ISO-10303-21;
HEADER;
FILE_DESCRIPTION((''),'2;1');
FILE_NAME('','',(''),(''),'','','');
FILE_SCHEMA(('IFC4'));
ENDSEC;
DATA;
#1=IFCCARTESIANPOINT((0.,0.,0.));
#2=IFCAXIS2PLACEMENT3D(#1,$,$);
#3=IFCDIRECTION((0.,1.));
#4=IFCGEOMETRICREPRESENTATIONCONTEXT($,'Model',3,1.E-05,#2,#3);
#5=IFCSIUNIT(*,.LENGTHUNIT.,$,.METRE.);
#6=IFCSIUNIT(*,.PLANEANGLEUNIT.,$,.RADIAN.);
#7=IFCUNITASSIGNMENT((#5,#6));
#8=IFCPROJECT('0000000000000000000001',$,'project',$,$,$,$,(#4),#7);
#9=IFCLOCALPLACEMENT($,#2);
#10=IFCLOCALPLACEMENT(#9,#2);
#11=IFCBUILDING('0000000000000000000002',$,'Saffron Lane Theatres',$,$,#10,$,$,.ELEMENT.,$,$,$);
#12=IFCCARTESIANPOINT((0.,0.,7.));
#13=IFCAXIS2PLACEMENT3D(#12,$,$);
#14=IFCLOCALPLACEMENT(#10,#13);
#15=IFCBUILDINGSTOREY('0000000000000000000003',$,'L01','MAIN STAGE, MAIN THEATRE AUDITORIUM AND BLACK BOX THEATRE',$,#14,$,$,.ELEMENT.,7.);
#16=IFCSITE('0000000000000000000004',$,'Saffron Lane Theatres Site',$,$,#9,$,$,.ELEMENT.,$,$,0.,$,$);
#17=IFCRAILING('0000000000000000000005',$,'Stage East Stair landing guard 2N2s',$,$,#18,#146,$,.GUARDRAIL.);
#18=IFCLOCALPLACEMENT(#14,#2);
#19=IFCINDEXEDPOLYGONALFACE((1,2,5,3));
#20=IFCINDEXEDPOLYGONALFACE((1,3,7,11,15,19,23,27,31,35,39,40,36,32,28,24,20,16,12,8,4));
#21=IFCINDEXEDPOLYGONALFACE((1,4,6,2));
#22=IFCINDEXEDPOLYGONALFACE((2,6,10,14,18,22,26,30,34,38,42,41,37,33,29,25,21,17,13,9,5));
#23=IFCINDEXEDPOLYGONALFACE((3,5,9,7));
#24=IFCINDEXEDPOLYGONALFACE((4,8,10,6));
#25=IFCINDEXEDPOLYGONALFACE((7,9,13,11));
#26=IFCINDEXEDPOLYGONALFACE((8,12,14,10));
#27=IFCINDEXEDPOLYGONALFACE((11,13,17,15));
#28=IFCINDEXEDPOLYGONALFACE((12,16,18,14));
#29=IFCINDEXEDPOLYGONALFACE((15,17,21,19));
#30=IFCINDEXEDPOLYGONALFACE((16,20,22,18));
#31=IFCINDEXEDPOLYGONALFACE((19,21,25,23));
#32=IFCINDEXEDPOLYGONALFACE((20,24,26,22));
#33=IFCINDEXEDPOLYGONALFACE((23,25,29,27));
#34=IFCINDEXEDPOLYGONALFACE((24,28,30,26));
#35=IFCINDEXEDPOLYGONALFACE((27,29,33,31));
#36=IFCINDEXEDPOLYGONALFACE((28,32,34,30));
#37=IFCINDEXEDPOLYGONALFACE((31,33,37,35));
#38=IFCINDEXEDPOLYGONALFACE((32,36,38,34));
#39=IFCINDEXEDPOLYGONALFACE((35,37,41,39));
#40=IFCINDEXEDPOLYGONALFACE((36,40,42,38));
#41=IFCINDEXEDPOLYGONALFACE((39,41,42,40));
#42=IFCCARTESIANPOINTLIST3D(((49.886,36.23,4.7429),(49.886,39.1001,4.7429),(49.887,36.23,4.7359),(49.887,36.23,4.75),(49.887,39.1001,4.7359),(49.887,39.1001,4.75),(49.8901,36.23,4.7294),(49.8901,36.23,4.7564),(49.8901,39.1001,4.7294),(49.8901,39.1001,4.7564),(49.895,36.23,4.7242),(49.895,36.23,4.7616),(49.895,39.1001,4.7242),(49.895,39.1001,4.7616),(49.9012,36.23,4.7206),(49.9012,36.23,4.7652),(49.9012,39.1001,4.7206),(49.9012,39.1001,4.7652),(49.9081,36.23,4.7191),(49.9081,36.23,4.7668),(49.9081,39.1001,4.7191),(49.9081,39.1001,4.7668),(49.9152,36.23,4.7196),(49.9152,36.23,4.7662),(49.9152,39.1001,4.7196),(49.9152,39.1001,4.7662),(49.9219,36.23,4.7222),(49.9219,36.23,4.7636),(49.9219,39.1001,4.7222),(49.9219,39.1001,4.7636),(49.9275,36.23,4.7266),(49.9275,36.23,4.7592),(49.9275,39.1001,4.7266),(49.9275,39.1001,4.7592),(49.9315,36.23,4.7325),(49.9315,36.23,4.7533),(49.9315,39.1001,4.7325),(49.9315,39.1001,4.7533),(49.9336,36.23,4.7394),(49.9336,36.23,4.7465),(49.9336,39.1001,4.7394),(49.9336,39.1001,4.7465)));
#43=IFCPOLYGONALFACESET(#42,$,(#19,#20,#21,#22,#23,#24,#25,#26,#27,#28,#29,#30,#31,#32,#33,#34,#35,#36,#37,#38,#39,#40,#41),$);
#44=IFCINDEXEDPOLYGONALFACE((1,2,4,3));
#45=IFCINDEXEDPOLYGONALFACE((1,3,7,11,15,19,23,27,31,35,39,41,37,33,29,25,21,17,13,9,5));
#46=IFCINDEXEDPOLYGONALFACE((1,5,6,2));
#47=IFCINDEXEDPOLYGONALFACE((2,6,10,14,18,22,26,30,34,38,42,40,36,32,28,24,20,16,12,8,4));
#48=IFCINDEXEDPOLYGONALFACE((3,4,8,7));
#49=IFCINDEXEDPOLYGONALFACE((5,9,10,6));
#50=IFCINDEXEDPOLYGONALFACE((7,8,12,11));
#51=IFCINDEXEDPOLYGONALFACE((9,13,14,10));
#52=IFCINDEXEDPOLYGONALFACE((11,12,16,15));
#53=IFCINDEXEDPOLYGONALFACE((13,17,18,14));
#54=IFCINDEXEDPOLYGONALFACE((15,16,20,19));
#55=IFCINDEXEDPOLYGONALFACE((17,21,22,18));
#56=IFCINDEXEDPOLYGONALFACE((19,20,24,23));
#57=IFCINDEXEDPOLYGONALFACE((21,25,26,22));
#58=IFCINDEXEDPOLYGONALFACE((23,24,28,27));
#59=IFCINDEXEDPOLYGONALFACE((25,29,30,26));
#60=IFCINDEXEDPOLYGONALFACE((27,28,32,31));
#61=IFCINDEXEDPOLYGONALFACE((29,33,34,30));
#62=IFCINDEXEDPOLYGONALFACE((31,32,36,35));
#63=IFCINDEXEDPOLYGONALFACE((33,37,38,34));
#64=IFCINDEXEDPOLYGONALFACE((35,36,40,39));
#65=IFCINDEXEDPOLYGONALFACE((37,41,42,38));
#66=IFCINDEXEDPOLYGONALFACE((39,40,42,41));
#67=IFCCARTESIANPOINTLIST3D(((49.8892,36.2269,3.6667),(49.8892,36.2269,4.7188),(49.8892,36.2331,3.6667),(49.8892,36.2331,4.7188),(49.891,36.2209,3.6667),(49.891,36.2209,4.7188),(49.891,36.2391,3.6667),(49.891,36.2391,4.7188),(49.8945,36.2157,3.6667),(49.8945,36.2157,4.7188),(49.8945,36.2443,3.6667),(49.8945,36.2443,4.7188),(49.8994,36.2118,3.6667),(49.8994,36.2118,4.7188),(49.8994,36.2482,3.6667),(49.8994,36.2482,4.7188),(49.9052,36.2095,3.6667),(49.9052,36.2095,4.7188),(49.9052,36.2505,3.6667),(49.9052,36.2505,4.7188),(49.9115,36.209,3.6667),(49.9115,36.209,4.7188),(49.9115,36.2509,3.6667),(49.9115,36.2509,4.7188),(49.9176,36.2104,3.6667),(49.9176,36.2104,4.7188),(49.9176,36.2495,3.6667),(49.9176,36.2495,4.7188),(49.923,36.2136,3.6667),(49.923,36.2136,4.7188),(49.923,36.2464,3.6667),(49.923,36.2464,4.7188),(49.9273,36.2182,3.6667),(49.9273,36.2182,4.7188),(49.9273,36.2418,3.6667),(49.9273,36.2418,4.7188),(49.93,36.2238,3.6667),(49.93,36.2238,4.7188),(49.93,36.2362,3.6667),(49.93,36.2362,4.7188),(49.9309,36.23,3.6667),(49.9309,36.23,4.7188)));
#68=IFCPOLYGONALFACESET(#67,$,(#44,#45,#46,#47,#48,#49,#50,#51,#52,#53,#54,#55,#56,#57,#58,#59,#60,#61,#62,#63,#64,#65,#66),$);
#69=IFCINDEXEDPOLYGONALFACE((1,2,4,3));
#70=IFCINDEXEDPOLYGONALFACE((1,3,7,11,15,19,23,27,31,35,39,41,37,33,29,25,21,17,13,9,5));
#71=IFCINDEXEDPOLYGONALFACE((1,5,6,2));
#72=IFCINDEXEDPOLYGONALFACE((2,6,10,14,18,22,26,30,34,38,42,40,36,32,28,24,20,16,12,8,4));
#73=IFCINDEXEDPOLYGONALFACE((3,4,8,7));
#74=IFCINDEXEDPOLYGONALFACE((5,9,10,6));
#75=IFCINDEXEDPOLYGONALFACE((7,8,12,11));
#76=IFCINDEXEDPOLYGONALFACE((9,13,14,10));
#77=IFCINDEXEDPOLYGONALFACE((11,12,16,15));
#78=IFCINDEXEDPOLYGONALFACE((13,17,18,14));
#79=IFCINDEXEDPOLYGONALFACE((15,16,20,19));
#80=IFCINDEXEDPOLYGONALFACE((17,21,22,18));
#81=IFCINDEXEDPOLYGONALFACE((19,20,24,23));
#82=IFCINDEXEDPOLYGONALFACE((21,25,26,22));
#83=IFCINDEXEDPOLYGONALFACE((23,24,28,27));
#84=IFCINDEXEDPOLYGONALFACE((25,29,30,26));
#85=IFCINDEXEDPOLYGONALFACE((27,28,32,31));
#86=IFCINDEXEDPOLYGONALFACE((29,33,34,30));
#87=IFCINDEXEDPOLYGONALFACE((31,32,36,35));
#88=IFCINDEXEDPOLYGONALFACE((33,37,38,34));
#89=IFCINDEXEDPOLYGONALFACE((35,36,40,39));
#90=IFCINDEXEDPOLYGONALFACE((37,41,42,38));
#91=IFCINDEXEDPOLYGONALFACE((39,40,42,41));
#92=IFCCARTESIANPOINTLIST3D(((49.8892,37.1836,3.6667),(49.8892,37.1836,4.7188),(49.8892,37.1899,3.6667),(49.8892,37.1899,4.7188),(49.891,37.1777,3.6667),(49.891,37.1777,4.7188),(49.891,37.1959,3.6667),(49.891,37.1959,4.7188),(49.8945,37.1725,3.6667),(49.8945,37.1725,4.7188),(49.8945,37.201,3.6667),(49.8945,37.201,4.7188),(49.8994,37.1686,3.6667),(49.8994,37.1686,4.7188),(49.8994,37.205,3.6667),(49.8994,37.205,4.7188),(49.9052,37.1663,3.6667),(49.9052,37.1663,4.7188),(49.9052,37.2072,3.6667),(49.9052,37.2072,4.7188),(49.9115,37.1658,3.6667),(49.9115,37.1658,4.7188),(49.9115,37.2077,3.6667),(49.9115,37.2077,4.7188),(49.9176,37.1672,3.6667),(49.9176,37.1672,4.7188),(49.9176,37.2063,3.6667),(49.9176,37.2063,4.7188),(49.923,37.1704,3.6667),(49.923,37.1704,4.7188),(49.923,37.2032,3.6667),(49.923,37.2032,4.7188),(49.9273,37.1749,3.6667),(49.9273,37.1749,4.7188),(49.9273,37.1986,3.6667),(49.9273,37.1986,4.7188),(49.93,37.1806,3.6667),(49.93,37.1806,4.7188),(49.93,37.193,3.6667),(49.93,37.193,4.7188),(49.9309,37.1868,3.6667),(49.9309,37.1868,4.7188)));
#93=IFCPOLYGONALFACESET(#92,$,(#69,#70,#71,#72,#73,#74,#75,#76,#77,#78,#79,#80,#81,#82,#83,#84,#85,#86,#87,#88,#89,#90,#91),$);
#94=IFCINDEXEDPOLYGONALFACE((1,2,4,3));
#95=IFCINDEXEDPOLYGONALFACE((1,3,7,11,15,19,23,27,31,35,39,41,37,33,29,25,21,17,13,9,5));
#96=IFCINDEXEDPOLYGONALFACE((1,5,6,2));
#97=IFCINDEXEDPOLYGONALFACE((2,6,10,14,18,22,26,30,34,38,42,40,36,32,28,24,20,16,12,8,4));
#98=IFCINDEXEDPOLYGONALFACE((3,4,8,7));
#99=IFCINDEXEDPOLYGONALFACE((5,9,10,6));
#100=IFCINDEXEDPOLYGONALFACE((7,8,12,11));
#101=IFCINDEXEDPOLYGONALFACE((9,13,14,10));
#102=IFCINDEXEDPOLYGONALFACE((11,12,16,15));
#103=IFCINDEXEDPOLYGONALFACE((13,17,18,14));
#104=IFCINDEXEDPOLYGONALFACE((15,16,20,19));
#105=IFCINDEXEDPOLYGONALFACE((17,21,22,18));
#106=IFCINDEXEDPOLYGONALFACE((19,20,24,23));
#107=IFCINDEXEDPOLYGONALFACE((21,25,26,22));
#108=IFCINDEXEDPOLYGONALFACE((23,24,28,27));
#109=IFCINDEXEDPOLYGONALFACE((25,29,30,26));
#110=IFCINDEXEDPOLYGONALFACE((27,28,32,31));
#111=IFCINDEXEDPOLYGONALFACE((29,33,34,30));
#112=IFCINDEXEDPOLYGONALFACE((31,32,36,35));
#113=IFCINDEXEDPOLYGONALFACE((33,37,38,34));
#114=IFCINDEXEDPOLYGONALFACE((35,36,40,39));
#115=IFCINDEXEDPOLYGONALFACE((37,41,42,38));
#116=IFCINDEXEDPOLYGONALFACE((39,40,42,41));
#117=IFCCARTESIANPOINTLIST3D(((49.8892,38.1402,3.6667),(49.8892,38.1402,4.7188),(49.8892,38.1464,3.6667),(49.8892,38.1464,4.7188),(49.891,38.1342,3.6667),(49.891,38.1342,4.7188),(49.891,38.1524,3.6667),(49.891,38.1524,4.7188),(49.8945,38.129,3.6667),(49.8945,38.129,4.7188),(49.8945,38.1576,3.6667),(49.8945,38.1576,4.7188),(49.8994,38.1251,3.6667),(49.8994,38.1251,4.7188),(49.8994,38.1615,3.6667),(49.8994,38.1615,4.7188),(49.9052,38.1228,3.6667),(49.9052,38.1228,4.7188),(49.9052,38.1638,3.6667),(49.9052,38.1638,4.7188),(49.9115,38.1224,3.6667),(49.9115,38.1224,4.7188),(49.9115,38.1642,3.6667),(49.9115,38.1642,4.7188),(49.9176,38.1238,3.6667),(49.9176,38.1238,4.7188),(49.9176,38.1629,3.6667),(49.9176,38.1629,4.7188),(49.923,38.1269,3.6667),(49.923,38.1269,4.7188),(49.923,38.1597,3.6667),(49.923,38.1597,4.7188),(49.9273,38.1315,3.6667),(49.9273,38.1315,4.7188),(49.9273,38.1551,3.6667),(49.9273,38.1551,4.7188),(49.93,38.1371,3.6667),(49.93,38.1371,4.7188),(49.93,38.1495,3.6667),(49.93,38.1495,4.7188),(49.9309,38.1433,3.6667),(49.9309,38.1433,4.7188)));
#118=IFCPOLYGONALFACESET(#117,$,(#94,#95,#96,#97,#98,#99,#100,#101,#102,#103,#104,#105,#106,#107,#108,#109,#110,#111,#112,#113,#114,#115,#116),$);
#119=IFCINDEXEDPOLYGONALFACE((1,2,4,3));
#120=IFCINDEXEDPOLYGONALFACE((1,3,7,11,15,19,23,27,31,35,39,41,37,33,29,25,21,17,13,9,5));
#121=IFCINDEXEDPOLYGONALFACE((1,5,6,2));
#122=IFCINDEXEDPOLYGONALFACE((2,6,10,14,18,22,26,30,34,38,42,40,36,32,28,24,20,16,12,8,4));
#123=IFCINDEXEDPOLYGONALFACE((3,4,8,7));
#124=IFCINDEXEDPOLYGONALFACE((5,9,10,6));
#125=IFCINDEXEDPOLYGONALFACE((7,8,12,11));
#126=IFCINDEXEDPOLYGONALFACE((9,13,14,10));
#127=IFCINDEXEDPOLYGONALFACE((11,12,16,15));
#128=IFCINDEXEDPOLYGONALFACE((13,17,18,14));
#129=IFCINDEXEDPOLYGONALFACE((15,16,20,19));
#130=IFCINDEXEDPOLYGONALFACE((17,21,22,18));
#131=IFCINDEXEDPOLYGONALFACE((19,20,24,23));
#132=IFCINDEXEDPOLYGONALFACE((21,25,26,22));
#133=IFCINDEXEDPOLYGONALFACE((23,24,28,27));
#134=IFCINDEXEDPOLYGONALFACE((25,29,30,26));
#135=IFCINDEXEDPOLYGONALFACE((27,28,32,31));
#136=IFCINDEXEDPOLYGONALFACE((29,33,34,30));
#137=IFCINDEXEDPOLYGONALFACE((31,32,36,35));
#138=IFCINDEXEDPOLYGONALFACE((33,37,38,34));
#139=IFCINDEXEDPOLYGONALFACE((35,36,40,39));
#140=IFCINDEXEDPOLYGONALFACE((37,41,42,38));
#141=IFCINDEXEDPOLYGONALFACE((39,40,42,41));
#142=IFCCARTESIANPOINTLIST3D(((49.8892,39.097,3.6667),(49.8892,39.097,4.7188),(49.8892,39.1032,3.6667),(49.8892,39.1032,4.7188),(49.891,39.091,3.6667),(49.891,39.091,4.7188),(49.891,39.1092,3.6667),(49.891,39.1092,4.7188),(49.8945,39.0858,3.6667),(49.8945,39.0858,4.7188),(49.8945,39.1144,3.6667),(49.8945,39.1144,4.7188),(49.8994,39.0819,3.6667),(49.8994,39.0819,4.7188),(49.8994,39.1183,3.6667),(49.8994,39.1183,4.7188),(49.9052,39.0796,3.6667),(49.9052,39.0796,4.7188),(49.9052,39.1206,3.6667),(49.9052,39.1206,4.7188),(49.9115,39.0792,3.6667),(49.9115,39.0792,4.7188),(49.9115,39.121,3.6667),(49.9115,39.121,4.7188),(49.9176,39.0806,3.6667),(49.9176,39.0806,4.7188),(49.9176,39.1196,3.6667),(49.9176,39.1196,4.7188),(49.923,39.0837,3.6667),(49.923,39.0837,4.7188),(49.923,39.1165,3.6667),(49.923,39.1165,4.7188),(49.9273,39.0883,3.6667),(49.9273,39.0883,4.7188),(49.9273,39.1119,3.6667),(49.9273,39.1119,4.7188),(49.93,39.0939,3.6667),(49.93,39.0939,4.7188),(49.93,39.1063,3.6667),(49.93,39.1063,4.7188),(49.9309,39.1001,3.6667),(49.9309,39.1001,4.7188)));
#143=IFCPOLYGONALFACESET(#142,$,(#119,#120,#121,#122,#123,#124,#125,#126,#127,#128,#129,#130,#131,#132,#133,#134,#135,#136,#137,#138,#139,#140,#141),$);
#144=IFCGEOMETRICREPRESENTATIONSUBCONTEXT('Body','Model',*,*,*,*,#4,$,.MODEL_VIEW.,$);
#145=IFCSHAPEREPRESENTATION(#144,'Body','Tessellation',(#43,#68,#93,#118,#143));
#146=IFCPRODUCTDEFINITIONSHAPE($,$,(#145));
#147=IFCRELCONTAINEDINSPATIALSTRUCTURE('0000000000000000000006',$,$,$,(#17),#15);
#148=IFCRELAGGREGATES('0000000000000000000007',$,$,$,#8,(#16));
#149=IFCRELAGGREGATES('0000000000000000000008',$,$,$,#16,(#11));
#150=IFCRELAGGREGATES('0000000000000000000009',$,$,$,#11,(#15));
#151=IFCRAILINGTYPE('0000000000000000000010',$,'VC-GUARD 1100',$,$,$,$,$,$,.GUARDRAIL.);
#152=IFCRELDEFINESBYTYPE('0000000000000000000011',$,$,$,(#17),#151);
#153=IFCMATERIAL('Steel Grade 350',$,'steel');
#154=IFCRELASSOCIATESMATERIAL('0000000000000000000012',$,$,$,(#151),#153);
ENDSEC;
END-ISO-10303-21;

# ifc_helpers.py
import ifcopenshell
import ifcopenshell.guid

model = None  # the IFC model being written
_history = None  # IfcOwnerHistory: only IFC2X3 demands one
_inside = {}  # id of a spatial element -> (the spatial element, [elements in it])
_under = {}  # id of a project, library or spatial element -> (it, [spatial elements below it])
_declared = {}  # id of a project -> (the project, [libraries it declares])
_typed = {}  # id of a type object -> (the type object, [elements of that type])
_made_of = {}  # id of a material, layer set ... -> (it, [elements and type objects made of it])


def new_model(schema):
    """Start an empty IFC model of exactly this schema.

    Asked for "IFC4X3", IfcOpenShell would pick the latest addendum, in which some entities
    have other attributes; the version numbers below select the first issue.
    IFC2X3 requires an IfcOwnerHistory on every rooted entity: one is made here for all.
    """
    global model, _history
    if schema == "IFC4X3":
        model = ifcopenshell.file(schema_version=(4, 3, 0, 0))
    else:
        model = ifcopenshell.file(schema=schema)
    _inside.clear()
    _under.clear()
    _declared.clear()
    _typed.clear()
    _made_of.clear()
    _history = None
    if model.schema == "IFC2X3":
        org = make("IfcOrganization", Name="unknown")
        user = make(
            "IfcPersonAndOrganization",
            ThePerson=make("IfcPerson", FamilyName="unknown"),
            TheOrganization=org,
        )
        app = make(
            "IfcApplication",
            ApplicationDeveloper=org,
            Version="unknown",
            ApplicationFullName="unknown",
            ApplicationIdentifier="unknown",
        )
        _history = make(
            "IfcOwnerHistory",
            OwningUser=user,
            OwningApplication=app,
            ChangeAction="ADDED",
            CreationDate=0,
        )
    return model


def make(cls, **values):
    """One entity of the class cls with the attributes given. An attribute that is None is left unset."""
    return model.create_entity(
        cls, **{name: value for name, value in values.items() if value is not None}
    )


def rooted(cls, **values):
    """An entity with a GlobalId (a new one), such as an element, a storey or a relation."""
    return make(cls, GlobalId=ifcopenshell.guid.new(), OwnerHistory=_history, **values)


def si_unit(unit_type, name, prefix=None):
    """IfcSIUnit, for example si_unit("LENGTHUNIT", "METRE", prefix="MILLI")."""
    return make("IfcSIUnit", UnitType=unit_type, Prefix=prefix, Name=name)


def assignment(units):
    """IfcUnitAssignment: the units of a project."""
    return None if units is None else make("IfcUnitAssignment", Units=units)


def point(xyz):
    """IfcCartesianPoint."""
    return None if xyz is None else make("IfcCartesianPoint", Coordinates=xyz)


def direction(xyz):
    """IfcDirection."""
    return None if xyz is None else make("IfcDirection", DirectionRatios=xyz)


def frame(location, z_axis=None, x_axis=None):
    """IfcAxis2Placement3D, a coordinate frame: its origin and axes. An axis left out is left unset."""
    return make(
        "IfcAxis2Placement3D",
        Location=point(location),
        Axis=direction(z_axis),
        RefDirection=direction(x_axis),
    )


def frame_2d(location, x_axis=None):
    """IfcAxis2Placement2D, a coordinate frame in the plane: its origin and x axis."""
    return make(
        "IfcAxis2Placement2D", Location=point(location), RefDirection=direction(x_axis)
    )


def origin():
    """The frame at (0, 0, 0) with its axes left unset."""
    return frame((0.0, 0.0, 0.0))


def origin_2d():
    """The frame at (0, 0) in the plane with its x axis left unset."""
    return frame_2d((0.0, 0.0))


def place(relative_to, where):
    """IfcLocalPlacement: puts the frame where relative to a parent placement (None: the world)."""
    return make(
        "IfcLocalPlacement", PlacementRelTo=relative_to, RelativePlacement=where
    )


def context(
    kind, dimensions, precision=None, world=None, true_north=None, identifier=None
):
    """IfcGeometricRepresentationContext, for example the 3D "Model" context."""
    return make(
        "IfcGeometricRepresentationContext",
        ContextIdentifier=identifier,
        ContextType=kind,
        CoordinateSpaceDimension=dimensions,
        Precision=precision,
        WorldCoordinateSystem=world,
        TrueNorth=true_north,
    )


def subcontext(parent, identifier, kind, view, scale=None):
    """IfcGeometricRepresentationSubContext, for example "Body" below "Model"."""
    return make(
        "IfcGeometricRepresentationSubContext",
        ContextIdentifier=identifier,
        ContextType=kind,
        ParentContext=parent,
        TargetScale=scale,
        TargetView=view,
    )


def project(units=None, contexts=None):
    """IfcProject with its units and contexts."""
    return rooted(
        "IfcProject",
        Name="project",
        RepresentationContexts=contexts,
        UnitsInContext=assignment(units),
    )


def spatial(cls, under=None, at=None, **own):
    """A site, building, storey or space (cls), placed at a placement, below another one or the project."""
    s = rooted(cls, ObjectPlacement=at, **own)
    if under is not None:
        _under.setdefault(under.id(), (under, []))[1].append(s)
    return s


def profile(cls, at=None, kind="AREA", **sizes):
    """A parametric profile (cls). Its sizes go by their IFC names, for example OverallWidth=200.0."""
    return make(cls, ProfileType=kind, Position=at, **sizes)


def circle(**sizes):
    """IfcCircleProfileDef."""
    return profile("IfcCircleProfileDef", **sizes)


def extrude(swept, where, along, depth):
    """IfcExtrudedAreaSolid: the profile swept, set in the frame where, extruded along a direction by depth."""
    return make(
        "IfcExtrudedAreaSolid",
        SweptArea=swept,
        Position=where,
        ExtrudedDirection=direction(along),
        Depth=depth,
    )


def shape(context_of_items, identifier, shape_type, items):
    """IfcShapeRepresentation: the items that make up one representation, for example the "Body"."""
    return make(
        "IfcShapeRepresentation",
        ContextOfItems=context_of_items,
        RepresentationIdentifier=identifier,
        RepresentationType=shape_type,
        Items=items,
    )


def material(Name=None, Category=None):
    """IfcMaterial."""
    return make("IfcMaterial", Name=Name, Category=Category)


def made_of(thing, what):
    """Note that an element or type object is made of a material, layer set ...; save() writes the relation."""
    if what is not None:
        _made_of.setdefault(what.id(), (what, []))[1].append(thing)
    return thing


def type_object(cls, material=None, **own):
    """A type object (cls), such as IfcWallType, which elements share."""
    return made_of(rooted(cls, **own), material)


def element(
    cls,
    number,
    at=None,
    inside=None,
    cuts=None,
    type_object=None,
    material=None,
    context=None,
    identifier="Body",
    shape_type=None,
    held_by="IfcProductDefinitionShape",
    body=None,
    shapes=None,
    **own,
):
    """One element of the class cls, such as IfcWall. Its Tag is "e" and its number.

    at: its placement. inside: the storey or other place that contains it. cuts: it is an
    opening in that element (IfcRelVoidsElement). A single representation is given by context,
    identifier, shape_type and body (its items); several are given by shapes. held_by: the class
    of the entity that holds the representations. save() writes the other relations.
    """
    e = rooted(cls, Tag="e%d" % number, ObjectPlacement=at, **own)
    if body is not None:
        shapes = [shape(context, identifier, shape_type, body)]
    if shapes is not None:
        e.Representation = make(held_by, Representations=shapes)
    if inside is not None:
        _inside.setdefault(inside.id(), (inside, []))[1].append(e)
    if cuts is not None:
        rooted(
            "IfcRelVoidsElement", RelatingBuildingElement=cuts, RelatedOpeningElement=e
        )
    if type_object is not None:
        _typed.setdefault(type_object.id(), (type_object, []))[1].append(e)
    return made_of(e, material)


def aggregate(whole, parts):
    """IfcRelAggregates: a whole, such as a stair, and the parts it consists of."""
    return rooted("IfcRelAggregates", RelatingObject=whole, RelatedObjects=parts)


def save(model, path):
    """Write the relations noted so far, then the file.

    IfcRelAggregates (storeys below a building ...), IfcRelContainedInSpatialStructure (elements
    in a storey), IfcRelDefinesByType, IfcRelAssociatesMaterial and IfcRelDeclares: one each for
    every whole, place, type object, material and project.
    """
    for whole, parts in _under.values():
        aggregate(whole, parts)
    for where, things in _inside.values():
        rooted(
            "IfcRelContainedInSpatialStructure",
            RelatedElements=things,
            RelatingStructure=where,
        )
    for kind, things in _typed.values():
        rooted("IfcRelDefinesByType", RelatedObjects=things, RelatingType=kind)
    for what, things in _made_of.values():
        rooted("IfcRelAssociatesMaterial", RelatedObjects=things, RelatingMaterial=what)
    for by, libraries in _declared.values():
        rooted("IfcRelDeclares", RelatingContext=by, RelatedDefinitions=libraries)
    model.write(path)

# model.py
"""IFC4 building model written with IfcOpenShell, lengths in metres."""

from ifc_helpers import new_model, si_unit, direction, frame, origin, origin_2d, place, context, subcontext, project, spatial, circle, extrude, material, type_object, element, save


model = new_model("IFC4")

# Units and contexts
model_context = context("Model", 3, precision=1e-05, world=origin(), true_north=direction((0.0, 1.0)))
body_context = subcontext(model_context, "Body", "Model", "MODEL_VIEW")
ifc_project = project(units=[si_unit("LENGTHUNIT", "METRE"), si_unit("PLANEANGLEUNIT", "RADIAN")], contexts=[model_context])

# Site, building, storey
site_placement = place(None, origin())
site = spatial("IfcSite", under=ifc_project, at=site_placement, Name="Saffron Lane Theatres Site", CompositionType="ELEMENT", RefElevation=0.0)
building_placement = place(site_placement, origin())
building = spatial("IfcBuilding", under=site, at=building_placement, Name="Saffron Lane Theatres", CompositionType="ELEMENT")
storey_placement = place(building_placement, frame((0.0, 0.0, 7.0)))
storey = spatial("IfcBuildingStorey", under=building, at=storey_placement, Name="L01", Description="MAIN STAGE, MAIN THEATRE AUDITORIUM AND BLACK BOX THEATRE", CompositionType="ELEMENT", Elevation=7.0)

# Railing
ifc_material_1 = material(Name="Steel Grade 350", Category="steel")
railing_type_1 = type_object("IfcRailingType", Name="VC-GUARD 1100", PredefinedType="GUARDRAIL", material=ifc_material_1)
railing_1_placement = place(storey_placement, frame((49.9099, 36.23, 3.6667)))
element("IfcRailing", 1, at=railing_1_placement, inside=storey, type_object=railing_type_1, Name="Stage East Stair landing guard 2N2s", PredefinedType="GUARDRAIL", context=body_context, shape_type="SweptSolid", body=[
    extrude(circle(Radius=0.0239, at=origin_2d()), frame((0.0, 0.0, 1.0762), z_axis=(0.0, 1.0, 0.0), x_axis=(-1.0, 0.0, 0.0)), (0.0, 0.0, 1.0), 2.8701),
    extrude(circle(Radius=0.021, at=origin_2d()), origin(), (0.0, 0.0, 1.0), 1.052),
    extrude(circle(Radius=0.021, at=origin_2d()), frame((0.0, 0.9568, 0.0)), (0.0, 0.0, 1.0), 1.052),
    extrude(circle(Radius=0.021, at=origin_2d()), frame((0.0, 1.9133, 0.0)), (0.0, 0.0, 1.0), 1.052),
    extrude(circle(Radius=0.021, at=origin_2d()), frame((0.0, 2.8701, 0.0)), (0.0, 0.0, 1.0), 1.052),
])

save(model, "model.ifc")
